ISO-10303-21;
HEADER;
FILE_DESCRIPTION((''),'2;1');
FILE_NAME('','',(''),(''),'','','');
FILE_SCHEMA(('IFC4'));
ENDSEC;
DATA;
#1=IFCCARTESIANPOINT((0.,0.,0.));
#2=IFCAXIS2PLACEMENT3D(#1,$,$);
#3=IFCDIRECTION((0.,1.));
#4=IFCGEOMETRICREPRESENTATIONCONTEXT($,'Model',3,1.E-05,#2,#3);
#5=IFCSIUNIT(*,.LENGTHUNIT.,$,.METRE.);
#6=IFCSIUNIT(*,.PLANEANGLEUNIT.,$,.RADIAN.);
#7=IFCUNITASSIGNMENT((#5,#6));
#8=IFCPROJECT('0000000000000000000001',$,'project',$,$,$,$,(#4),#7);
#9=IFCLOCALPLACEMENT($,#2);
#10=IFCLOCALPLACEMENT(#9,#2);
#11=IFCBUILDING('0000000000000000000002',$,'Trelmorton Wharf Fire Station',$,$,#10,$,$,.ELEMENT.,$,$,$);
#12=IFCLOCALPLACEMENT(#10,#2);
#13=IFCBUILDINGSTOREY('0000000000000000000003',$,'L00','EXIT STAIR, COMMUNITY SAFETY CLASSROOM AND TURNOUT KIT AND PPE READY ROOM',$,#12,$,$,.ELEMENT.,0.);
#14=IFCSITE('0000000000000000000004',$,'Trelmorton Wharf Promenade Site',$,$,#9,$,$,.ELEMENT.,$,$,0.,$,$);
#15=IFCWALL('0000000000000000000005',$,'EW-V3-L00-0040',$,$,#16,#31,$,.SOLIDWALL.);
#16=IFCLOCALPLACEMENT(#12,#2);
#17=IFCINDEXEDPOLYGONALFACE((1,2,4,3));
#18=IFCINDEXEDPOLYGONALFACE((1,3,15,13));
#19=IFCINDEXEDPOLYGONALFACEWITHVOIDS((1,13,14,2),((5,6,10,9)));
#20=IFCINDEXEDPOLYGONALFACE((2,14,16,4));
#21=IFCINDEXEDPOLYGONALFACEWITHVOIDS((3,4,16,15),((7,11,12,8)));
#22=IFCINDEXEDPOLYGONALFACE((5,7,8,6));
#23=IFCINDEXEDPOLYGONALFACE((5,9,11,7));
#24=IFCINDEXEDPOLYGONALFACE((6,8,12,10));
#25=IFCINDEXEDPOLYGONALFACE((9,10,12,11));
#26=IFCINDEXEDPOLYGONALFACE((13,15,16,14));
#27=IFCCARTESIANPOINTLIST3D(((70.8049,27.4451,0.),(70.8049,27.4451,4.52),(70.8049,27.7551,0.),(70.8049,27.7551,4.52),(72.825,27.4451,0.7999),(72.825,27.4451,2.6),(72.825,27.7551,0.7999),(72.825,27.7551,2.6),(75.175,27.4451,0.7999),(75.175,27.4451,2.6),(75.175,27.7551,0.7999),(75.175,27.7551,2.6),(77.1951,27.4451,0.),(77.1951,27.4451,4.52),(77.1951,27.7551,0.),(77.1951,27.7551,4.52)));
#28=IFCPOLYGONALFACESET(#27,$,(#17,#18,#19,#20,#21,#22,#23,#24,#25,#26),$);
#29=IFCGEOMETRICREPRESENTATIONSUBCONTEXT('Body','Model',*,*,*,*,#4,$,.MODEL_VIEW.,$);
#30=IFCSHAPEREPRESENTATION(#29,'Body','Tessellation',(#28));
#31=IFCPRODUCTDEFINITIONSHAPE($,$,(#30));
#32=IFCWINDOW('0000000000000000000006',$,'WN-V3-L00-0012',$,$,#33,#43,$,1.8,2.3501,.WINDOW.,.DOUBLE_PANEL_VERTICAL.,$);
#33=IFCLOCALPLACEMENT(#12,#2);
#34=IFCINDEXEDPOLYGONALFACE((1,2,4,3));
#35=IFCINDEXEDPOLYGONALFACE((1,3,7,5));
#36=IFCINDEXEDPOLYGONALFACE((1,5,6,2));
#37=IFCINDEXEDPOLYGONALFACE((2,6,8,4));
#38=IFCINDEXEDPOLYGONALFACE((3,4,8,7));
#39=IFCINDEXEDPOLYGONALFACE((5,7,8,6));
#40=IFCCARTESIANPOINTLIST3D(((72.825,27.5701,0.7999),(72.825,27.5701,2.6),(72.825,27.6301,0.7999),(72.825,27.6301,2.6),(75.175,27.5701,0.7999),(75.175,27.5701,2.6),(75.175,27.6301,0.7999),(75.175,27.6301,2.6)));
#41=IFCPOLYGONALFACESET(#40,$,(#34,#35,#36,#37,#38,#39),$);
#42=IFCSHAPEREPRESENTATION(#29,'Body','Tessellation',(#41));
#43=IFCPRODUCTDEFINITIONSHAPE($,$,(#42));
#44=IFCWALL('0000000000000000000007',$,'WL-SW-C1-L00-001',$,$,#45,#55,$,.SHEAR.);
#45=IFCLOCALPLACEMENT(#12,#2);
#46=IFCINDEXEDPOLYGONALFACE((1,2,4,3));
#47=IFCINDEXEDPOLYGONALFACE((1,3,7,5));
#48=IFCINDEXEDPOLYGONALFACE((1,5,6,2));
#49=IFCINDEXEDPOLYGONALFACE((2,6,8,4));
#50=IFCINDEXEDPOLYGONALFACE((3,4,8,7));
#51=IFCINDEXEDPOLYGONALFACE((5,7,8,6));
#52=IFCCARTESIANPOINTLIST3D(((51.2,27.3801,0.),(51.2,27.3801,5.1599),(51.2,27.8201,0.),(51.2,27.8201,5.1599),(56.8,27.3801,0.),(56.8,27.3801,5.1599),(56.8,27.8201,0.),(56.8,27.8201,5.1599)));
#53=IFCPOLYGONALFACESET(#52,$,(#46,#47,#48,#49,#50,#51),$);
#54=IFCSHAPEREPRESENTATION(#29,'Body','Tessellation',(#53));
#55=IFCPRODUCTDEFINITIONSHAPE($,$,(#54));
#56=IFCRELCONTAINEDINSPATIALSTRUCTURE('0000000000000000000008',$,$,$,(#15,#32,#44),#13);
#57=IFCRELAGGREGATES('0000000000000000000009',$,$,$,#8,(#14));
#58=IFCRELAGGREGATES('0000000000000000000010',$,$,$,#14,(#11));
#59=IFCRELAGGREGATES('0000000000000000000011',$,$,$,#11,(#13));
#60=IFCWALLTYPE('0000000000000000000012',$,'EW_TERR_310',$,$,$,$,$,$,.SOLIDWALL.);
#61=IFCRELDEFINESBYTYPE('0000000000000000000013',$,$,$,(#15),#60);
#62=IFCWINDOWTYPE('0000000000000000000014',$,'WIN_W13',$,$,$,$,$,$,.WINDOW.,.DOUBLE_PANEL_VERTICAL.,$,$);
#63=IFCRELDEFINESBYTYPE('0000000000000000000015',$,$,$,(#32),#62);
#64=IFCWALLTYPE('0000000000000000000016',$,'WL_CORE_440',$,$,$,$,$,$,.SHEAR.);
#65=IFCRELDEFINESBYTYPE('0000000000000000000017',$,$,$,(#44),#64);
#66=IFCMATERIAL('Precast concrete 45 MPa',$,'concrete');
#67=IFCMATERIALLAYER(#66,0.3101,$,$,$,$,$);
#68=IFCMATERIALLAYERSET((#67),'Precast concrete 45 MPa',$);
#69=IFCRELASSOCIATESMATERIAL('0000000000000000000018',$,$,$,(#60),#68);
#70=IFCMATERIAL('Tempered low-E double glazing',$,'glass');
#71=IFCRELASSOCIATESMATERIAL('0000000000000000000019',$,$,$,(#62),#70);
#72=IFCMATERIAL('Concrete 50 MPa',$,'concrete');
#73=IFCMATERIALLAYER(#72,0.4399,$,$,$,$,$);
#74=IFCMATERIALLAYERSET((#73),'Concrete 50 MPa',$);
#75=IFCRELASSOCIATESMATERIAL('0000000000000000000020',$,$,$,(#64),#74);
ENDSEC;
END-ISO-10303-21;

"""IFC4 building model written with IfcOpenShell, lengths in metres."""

from ifc_helpers import new_model, si_unit, direction, frame, frame_2d, origin, place, context, subcontext, project, spatial, rectangle, extrude, material, layer, layer_set, type_object, element, fill, save


model = new_model("IFC4")

# Units and contexts
model_context = context("Model", 3, precision=1e-05, world=origin(), true_north=direction((0.0, 1.0)))
body_context = subcontext(model_context, "Body", "Model", "MODEL_VIEW")
ifc_project = project(units=[si_unit("LENGTHUNIT", "METRE"), si_unit("PLANEANGLEUNIT", "RADIAN")], contexts=[model_context])

# Site, building, storey
site_placement = place(None, origin())
site = spatial("IfcSite", under=ifc_project, at=site_placement, Name="Trelmorton Wharf Promenade Site", CompositionType="ELEMENT", RefElevation=0.0)
building_placement = place(site_placement, origin())
building = spatial("IfcBuilding", under=site, at=building_placement, Name="Trelmorton Wharf Fire Station", CompositionType="ELEMENT")
storey_placement = place(building_placement, origin())
storey = spatial("IfcBuildingStorey", under=building, at=storey_placement, Name="L00", Description="EXIT STAIR, COMMUNITY SAFETY CLASSROOM AND TURNOUT KIT AND PPE READY ROOM", CompositionType="ELEMENT", Elevation=0.0)

# Shared definitions
ifc_material_1 = material(Name="Precast concrete 45 MPa", Category="concrete")

# Wall, opening, window
ifc_layer_1 = layer(ifc_material_1, 0.3101)
ifc_layer_set_1 = layer_set([ifc_layer_1], Name="Precast concrete 45 MPa")
wall_type_1 = type_object("IfcWallType", Name="EW_TERR_310", PredefinedType="SOLIDWALL", material=ifc_layer_set_1)
wall_1_placement = place(storey_placement, frame((70.8049, 27.6001, 0.0), z_axis=(0.0, 0.0, 1.0), x_axis=(1.0, 0.0, 0.0)))
wall_1 = element("IfcWall", 1, at=wall_1_placement, inside=storey, type_object=wall_type_1, Name="EW-V3-L00-0040", PredefinedType="SOLIDWALL", context=body_context, shape_type="SweptSolid", body=[
    extrude(rectangle(XDim=6.3901, YDim=0.3101, at=frame_2d((3.1951, 0.0))), origin(), (0.0, 0.0, 1.0), 4.52),
])
opening_1_placement = place(wall_1_placement, frame((2.02, 0.0, 0.8)))
opening_1 = element("IfcOpeningElement", 2, at=opening_1_placement, cuts=wall_1, PredefinedType="OPENING", context=body_context, shape_type="SweptSolid", body=[
    extrude(rectangle(XDim=2.3501, YDim=1.8, at=frame_2d((1.175, 0.8999))), frame((0.0, 0.165, 0.0), z_axis=(0.0, -1.0, 0.0), x_axis=(1.0, 0.0, 0.0)), (0.0, 0.0, 1.0), 0.3301),
])
ifc_material_2 = material(Name="Tempered low-E double glazing", Category="glass")
window_type = type_object("IfcWindowType", Name="WIN_W13", PartitioningType="DOUBLE_PANEL_VERTICAL", PredefinedType="WINDOW", material=ifc_material_2)
window_placement = place(opening_1_placement, origin())
window = element("IfcWindow", 3, at=window_placement, inside=storey, type_object=window_type, Name="WN-V3-L00-0012", OverallHeight=1.8, OverallWidth=2.3501, PartitioningType="DOUBLE_PANEL_VERTICAL", PredefinedType="WINDOW", context=body_context, shape_type="SweptSolid", body=[
    extrude(rectangle(XDim=2.3501, YDim=1.8, at=frame_2d((1.175, 0.8999))), frame((0.0, 0.03, 0.0), z_axis=(0.0, -1.0, 0.0), x_axis=(1.0, 0.0, 0.0)), (0.0, 0.0, 1.0), 0.0601),
])
fill(opening_1, window)

# Wall
ifc_material_3 = material(Name="Concrete 50 MPa", Category="concrete")
ifc_layer_2 = layer(ifc_material_3, 0.4399)
ifc_layer_set_2 = layer_set([ifc_layer_2], Name="Concrete 50 MPa")
wall_type_2 = type_object("IfcWallType", Name="WL_CORE_440", PredefinedType="SHEAR", material=ifc_layer_set_2)
wall_2_placement = place(storey_placement, frame((51.2, 27.6001, 0.0), z_axis=(0.0, 0.0, 1.0), x_axis=(1.0, 0.0, 0.0)))
element("IfcWall", 4, at=wall_2_placement, inside=storey, type_object=wall_type_2, Name="WL-SW-C1-L00-001", PredefinedType="SHEAR", context=body_context, shape_type="SweptSolid", body=[
    extrude(rectangle(XDim=5.6001, YDim=0.4399, at=frame_2d((2.8, 0.0))), origin(), (0.0, 0.0, 1.0), 5.1599),
])

save(model, "model.ifc")
